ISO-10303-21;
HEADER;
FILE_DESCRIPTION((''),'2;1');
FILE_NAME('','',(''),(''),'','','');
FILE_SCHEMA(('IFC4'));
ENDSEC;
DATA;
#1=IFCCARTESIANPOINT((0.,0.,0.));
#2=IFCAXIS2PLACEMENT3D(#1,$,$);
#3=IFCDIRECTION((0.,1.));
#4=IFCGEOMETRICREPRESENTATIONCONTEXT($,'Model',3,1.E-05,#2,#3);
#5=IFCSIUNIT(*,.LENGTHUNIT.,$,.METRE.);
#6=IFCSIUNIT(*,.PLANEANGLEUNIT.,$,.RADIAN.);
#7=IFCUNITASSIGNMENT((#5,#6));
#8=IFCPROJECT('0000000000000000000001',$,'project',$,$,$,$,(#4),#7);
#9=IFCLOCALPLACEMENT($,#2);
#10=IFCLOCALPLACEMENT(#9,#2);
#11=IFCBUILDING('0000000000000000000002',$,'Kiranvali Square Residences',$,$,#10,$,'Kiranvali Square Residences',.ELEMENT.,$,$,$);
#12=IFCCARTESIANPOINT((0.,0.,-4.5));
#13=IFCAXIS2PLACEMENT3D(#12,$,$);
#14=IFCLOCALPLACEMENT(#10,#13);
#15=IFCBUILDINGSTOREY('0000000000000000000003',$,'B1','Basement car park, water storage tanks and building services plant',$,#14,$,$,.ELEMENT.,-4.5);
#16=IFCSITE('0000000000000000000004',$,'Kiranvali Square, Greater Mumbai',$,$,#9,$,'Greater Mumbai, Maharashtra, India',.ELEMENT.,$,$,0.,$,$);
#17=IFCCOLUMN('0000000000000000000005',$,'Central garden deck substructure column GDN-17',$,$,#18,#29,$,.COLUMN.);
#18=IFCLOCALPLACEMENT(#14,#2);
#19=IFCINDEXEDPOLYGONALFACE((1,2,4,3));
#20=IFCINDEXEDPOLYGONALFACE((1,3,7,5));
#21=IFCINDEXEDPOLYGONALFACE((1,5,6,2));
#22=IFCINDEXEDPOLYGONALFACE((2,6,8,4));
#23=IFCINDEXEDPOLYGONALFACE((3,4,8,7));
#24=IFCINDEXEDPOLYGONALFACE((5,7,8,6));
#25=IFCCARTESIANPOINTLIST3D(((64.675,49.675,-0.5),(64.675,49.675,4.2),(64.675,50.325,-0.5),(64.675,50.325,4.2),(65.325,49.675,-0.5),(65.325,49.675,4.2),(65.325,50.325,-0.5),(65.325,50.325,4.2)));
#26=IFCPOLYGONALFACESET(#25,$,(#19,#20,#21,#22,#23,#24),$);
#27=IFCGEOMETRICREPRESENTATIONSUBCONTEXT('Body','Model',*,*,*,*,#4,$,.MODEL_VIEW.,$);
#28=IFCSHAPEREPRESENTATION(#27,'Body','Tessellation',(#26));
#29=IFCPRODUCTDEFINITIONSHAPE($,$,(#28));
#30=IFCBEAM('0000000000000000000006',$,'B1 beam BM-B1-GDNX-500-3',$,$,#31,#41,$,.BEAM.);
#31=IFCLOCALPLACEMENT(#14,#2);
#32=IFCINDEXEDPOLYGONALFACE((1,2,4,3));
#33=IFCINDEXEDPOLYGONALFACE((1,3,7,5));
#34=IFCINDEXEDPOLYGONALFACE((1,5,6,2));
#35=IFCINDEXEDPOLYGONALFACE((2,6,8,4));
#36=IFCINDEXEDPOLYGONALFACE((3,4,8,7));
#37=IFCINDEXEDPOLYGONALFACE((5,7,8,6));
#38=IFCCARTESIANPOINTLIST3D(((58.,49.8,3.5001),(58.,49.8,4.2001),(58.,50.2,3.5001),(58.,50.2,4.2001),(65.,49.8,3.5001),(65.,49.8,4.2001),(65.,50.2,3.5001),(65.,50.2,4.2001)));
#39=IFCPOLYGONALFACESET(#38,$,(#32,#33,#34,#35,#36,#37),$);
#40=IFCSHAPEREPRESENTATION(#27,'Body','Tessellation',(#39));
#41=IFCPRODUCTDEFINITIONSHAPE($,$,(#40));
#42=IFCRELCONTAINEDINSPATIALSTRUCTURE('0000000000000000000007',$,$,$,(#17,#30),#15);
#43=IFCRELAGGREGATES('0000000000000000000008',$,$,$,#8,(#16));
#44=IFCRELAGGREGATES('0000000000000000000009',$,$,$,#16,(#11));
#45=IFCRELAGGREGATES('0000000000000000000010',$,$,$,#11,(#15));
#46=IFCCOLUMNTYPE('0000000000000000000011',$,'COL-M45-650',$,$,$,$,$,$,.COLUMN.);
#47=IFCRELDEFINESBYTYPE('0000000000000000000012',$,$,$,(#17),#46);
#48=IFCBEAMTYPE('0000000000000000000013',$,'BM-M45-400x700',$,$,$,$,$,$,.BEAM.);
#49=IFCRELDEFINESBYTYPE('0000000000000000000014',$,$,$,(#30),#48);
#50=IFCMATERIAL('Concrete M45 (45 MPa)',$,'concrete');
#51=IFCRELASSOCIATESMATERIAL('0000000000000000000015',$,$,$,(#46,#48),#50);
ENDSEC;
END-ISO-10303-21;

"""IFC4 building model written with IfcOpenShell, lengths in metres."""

from ifc_helpers import new_model, si_unit, direction, frame, origin, origin_2d, place, context, subcontext, project, spatial, rectangle, extrude, material, material_profile, profile_set, type_object, element, save


model = new_model("IFC4")

# Units and contexts
model_context = context("Model", 3, precision=1e-05, world=origin(), true_north=direction((0.0, 1.0)))
body_context = subcontext(model_context, "Body", "Model", "MODEL_VIEW")
ifc_project = project(units=[si_unit("LENGTHUNIT", "METRE"), si_unit("PLANEANGLEUNIT", "RADIAN")], contexts=[model_context])

# Site, building, storey
site_placement = place(None, origin())
site = spatial("IfcSite", under=ifc_project, at=site_placement, Name="Kiranvali Square, Greater Mumbai", LongName="Greater Mumbai, Maharashtra, India", CompositionType="ELEMENT", RefElevation=0.0)
building_placement = place(site_placement, origin())
building = spatial("IfcBuilding", under=site, at=building_placement, Name="Kiranvali Square Residences", LongName="Kiranvali Square Residences", CompositionType="ELEMENT")
storey_placement = place(building_placement, frame((0.0, 0.0, -4.5)))
storey = spatial("IfcBuildingStorey", under=building, at=storey_placement, Name="B1", Description="Basement car park, water storage tanks and building services plant", CompositionType="ELEMENT", Elevation=-4.5)

# Column
ifc_material_1 = material(Name="Concrete M45 (45 MPa)", Category="concrete")
ifc_material_profile_1 = material_profile(ifc_material_1, rectangle(XDim=0.6499, YDim=0.6499, at=origin_2d()), Name="RC 650x650")
ifc_profile_set_1 = profile_set([ifc_material_profile_1], Name="Concrete M45 (45 MPa)")
column_type_1 = type_object("IfcColumnType", Name="COL-M45-650", PredefinedType="COLUMN", material=ifc_profile_set_1)
for number, where, z_axis, x_axis, name in (
    (1, (65.0, 50.0, -0.5), (0.0, 0.0, 1.0), (1.0, 0.0, 0.0), "Central garden deck substructure column GDN-17"),
):
    element("IfcColumn", number, at=place(storey_placement, frame(where, z_axis=z_axis, x_axis=x_axis)), inside=storey, type_object=column_type_1, Name=name, PredefinedType="COLUMN", context=body_context, shape_type="SweptSolid", body=[
        extrude(rectangle(XDim=0.6499, YDim=0.6499, at=origin_2d()), origin(), (0.0, 0.0, 1.0), 4.7),
    ])

# Beam
ifc_material_profile_2 = material_profile(ifc_material_1, rectangle(XDim=0.3999, YDim=0.7, at=origin_2d()), Name="RC 400x700")
ifc_profile_set_2 = profile_set([ifc_material_profile_2], Name="Concrete M45 (45 MPa)")
beam_type = type_object("IfcBeamType", Name="BM-M45-400x700", PredefinedType="BEAM", material=ifc_profile_set_2)
beam_placement = place(storey_placement, frame((58.0, 50.0, 3.8501), z_axis=(1.0, 0.0, 0.0), x_axis=(0.0, 1.0, 0.0)))
element("IfcBeam", 2, at=beam_placement, inside=storey, type_object=beam_type, Name="B1 beam BM-B1-GDNX-500-3", PredefinedType="BEAM", context=body_context, shape_type="SweptSolid", body=[
    extrude(rectangle(XDim=0.3999, YDim=0.7, at=origin_2d()), origin(), (0.0, 0.0, 1.0), 7.0),
])

save(model, "model.ifc")
